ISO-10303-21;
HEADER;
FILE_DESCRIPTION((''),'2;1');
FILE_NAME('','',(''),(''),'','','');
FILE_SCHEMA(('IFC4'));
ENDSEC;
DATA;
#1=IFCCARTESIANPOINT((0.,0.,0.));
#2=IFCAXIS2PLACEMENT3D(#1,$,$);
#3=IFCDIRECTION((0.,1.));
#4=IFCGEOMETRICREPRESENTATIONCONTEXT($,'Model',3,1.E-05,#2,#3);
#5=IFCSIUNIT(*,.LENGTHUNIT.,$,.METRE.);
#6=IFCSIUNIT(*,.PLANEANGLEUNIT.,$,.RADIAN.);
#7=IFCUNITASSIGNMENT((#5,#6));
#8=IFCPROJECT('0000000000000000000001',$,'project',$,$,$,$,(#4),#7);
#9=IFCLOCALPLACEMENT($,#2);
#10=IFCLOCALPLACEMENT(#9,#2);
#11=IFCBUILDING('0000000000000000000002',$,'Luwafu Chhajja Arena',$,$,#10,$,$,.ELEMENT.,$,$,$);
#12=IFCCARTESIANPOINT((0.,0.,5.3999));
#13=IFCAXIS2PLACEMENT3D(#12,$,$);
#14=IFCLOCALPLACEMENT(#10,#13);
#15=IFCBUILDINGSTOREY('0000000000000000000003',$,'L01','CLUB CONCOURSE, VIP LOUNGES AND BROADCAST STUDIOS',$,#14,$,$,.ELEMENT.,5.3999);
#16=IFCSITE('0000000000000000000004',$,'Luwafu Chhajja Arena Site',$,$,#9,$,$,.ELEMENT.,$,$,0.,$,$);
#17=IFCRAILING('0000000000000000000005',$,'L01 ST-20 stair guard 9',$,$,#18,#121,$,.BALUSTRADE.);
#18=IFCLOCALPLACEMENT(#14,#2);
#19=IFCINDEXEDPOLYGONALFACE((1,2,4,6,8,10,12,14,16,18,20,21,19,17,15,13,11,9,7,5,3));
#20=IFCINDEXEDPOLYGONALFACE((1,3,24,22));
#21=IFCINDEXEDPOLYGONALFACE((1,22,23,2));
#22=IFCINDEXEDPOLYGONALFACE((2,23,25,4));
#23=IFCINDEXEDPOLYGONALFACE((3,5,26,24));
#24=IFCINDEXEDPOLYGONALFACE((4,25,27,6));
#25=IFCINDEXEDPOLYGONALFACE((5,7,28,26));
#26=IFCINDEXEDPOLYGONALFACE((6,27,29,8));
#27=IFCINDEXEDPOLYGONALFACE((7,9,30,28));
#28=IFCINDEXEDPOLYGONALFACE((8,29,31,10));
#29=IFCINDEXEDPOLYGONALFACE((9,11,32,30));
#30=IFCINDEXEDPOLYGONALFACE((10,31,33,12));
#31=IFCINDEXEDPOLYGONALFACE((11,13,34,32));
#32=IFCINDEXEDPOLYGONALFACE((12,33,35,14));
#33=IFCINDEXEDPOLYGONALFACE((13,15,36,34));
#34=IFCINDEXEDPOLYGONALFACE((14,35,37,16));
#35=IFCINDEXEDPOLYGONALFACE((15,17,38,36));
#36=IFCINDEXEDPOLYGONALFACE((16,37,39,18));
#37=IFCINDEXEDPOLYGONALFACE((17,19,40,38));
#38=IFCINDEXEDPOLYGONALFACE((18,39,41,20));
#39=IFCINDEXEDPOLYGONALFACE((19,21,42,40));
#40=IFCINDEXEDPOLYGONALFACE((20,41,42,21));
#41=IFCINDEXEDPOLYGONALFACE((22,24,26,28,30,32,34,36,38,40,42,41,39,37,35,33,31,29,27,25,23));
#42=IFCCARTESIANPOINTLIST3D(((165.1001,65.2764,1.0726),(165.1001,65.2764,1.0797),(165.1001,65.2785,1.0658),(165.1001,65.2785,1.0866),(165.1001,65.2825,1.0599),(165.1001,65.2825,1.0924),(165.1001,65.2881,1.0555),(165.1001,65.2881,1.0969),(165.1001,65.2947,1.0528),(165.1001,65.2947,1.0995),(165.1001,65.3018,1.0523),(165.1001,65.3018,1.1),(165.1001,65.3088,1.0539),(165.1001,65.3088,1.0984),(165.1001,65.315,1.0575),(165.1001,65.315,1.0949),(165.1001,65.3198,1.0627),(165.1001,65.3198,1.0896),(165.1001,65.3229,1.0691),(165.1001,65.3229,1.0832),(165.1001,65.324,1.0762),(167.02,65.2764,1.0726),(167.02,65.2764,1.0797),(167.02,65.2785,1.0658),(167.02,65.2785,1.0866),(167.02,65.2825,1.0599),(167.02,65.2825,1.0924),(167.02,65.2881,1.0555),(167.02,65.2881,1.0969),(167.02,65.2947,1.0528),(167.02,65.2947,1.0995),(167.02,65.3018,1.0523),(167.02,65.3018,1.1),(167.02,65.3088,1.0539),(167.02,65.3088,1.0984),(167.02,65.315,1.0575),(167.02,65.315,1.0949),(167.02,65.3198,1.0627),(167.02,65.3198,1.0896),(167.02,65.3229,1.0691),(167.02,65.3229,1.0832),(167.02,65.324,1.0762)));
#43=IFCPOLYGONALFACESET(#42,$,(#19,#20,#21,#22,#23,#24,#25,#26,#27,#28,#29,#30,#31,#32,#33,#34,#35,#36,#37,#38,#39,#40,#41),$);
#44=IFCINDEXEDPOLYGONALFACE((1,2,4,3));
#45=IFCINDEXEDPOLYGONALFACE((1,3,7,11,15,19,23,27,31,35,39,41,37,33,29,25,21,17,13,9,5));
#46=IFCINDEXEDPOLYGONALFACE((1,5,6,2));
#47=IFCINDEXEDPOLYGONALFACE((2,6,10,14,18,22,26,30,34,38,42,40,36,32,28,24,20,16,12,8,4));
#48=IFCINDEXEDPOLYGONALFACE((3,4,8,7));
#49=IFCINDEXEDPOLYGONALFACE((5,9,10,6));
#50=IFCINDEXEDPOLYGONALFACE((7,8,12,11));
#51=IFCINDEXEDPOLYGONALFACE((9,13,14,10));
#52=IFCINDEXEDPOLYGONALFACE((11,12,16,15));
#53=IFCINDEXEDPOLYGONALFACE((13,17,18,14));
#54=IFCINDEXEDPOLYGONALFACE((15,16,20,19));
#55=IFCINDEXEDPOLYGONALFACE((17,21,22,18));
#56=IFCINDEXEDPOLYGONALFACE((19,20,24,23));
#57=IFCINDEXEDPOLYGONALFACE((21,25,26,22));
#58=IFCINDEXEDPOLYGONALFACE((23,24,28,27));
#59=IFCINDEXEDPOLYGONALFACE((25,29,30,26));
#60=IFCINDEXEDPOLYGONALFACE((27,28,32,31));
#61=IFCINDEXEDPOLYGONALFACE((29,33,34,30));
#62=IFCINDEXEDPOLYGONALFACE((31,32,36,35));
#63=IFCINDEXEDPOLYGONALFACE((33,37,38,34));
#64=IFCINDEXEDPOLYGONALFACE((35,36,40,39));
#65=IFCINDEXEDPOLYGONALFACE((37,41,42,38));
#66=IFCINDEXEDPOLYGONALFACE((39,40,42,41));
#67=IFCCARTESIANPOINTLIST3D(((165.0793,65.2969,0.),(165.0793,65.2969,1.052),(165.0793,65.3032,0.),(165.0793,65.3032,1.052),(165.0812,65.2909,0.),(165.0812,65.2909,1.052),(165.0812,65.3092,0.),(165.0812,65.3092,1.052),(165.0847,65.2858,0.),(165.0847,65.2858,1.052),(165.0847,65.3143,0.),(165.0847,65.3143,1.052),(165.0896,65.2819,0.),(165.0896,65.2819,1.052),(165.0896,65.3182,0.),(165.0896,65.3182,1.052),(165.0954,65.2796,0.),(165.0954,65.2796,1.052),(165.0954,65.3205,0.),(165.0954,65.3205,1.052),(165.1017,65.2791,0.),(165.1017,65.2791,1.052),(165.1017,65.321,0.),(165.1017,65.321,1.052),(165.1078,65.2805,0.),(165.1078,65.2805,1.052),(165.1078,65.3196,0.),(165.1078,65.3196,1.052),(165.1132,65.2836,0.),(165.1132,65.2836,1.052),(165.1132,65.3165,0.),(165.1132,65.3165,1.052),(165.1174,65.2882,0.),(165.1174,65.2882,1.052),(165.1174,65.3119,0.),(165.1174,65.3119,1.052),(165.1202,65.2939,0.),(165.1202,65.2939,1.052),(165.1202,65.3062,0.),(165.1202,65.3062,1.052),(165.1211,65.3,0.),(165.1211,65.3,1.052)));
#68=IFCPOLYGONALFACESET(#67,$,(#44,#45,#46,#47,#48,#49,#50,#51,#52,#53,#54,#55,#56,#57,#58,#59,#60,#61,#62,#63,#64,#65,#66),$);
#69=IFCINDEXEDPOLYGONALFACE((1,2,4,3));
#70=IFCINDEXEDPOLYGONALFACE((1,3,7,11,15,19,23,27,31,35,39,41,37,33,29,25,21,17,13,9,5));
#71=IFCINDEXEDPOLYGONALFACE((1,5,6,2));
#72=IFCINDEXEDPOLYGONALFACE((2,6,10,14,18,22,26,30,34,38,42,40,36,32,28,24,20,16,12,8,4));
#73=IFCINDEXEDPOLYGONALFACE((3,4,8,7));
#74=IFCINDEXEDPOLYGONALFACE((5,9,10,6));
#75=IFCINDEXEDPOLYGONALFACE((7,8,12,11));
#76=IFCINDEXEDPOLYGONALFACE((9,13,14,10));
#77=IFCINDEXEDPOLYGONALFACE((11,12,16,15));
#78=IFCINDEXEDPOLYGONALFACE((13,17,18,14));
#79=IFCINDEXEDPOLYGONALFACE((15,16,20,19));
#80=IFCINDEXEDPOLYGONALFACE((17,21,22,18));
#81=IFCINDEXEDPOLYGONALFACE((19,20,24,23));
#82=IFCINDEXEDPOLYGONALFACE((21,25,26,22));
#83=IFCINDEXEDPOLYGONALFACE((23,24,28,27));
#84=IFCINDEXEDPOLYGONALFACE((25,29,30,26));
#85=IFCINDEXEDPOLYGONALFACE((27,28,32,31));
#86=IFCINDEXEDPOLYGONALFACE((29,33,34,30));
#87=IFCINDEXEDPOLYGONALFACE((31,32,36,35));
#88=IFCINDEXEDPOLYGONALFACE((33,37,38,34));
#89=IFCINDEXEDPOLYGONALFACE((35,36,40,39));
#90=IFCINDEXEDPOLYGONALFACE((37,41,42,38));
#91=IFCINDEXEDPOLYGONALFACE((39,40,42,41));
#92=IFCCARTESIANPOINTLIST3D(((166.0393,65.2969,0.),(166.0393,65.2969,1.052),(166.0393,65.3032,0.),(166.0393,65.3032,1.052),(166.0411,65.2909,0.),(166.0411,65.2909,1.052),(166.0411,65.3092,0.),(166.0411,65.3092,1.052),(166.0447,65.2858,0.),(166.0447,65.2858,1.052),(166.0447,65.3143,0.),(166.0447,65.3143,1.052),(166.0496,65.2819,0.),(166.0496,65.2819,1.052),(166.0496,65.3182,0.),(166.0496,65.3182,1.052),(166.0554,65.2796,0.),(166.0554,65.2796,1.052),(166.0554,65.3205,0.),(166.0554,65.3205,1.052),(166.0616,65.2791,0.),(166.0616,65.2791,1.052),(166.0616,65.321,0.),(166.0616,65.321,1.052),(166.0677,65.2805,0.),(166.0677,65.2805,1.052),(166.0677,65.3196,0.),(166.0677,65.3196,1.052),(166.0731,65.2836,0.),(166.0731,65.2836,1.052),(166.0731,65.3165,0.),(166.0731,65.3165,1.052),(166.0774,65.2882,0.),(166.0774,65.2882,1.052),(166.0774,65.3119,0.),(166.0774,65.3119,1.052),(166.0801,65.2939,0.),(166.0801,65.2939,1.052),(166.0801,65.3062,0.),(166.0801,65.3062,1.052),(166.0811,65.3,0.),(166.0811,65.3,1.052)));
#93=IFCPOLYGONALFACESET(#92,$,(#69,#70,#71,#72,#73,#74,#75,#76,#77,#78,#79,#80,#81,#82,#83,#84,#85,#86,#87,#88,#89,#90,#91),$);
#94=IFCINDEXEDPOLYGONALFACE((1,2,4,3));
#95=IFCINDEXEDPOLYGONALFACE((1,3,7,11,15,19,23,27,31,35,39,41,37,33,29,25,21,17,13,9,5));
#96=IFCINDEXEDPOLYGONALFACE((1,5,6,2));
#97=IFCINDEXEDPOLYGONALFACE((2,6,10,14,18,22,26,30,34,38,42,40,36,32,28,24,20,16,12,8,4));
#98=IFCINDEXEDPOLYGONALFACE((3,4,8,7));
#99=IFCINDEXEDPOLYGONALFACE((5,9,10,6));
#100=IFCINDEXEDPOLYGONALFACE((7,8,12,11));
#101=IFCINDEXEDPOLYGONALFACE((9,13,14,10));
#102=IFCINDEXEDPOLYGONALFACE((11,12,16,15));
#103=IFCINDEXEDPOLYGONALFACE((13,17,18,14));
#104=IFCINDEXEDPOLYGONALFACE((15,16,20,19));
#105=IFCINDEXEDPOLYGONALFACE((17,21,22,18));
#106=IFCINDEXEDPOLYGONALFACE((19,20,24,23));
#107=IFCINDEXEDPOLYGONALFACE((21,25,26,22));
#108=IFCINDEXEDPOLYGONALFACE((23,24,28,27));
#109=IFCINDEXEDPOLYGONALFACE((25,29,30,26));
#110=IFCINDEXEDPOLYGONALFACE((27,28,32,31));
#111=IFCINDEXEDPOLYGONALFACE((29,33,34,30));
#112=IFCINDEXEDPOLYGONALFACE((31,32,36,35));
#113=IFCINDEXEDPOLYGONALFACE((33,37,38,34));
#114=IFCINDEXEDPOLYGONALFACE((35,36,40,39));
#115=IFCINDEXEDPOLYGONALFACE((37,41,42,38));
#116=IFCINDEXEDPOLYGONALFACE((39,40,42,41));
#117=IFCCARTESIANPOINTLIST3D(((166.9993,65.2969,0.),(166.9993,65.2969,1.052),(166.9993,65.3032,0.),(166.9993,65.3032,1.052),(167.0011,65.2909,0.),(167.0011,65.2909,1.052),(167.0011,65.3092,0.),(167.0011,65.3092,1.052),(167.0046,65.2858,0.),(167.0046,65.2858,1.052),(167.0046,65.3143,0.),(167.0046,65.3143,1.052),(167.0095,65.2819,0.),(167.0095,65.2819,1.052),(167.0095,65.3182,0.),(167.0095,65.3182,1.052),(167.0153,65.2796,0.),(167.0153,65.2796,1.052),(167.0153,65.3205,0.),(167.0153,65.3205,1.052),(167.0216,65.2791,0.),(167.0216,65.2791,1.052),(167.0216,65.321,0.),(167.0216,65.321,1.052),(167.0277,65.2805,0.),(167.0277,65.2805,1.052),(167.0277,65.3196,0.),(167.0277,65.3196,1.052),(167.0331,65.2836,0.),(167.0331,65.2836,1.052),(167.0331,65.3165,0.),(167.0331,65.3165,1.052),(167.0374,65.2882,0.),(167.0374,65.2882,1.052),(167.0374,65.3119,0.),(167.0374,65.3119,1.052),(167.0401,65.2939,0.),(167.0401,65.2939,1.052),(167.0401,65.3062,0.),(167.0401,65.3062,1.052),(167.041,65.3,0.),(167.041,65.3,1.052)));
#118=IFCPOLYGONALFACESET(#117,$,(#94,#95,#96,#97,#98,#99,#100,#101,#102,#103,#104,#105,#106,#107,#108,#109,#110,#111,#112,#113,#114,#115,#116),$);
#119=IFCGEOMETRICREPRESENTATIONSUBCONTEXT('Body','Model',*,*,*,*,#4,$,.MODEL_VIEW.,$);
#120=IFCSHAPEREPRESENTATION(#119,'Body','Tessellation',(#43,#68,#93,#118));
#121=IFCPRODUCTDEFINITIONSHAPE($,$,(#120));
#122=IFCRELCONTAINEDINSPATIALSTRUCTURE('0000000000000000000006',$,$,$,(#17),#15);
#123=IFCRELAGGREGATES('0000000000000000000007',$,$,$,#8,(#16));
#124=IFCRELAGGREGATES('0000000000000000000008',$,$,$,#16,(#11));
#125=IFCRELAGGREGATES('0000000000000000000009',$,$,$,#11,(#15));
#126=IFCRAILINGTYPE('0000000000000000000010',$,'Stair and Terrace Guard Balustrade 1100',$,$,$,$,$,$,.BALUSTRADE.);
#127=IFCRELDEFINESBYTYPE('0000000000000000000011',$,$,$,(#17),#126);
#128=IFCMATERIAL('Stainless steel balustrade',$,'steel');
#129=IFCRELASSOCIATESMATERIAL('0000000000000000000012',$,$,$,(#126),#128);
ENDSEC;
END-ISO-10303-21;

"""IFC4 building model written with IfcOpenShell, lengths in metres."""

from ifc_helpers import new_model, si_unit, direction, frame, origin, origin_2d, place, context, subcontext, project, spatial, circle, extrude, material, type_object, element, save


model = new_model("IFC4")

# Units and contexts
model_context = context("Model", 3, precision=1e-05, world=origin(), true_north=direction((0.0, 1.0)))
body_context = subcontext(model_context, "Body", "Model", "MODEL_VIEW")
ifc_project = project(units=[si_unit("LENGTHUNIT", "METRE"), si_unit("PLANEANGLEUNIT", "RADIAN")], contexts=[model_context])

# Site, building, storey
site_placement = place(None, origin())
site = spatial("IfcSite", under=ifc_project, at=site_placement, Name="Luwafu Chhajja Arena Site", CompositionType="ELEMENT", RefElevation=0.0)
building_placement = place(site_placement, origin())
building = spatial("IfcBuilding", under=site, at=building_placement, Name="Luwafu Chhajja Arena", CompositionType="ELEMENT")
storey_placement = place(building_placement, frame((0.0, 0.0, 5.3999)))
storey = spatial("IfcBuildingStorey", under=building, at=storey_placement, Name="L01", Description="CLUB CONCOURSE, VIP LOUNGES AND BROADCAST STUDIOS", CompositionType="ELEMENT", Elevation=5.3999)

# Railing
ifc_material_1 = material(Name="Stainless steel balustrade", Category="steel")
railing_type_1 = type_object("IfcRailingType", Name="Stair and Terrace Guard Balustrade 1100", PredefinedType="BALUSTRADE", material=ifc_material_1)
for number, where, name in (
    (1, (165.1001, 65.3, 0.0), "L01 ST-20 stair guard 9"),
):
    element("IfcRailing", number, at=place(storey_placement, frame(where)), inside=storey, type_object=railing_type_1, Name=name, PredefinedType="BALUSTRADE", context=body_context, shape_type="SweptSolid", body=[
        extrude(circle(Radius=0.0239, at=origin_2d()), frame((0.0, 0.0, 1.0762), z_axis=(1.0, 0.0, 0.0), x_axis=(0.0, 1.0, 0.0)), (0.0, 0.0, 1.0), 1.9199),
        extrude(circle(Radius=0.021, at=origin_2d()), origin(), (0.0, 0.0, 1.0), 1.052),
        extrude(circle(Radius=0.021, at=origin_2d()), frame((0.96, 0.0, 0.0)), (0.0, 0.0, 1.0), 1.052),
        extrude(circle(Radius=0.021, at=origin_2d()), frame((1.9199, 0.0, 0.0)), (0.0, 0.0, 1.0), 1.052),
    ])

save(model, "model.ifc")
